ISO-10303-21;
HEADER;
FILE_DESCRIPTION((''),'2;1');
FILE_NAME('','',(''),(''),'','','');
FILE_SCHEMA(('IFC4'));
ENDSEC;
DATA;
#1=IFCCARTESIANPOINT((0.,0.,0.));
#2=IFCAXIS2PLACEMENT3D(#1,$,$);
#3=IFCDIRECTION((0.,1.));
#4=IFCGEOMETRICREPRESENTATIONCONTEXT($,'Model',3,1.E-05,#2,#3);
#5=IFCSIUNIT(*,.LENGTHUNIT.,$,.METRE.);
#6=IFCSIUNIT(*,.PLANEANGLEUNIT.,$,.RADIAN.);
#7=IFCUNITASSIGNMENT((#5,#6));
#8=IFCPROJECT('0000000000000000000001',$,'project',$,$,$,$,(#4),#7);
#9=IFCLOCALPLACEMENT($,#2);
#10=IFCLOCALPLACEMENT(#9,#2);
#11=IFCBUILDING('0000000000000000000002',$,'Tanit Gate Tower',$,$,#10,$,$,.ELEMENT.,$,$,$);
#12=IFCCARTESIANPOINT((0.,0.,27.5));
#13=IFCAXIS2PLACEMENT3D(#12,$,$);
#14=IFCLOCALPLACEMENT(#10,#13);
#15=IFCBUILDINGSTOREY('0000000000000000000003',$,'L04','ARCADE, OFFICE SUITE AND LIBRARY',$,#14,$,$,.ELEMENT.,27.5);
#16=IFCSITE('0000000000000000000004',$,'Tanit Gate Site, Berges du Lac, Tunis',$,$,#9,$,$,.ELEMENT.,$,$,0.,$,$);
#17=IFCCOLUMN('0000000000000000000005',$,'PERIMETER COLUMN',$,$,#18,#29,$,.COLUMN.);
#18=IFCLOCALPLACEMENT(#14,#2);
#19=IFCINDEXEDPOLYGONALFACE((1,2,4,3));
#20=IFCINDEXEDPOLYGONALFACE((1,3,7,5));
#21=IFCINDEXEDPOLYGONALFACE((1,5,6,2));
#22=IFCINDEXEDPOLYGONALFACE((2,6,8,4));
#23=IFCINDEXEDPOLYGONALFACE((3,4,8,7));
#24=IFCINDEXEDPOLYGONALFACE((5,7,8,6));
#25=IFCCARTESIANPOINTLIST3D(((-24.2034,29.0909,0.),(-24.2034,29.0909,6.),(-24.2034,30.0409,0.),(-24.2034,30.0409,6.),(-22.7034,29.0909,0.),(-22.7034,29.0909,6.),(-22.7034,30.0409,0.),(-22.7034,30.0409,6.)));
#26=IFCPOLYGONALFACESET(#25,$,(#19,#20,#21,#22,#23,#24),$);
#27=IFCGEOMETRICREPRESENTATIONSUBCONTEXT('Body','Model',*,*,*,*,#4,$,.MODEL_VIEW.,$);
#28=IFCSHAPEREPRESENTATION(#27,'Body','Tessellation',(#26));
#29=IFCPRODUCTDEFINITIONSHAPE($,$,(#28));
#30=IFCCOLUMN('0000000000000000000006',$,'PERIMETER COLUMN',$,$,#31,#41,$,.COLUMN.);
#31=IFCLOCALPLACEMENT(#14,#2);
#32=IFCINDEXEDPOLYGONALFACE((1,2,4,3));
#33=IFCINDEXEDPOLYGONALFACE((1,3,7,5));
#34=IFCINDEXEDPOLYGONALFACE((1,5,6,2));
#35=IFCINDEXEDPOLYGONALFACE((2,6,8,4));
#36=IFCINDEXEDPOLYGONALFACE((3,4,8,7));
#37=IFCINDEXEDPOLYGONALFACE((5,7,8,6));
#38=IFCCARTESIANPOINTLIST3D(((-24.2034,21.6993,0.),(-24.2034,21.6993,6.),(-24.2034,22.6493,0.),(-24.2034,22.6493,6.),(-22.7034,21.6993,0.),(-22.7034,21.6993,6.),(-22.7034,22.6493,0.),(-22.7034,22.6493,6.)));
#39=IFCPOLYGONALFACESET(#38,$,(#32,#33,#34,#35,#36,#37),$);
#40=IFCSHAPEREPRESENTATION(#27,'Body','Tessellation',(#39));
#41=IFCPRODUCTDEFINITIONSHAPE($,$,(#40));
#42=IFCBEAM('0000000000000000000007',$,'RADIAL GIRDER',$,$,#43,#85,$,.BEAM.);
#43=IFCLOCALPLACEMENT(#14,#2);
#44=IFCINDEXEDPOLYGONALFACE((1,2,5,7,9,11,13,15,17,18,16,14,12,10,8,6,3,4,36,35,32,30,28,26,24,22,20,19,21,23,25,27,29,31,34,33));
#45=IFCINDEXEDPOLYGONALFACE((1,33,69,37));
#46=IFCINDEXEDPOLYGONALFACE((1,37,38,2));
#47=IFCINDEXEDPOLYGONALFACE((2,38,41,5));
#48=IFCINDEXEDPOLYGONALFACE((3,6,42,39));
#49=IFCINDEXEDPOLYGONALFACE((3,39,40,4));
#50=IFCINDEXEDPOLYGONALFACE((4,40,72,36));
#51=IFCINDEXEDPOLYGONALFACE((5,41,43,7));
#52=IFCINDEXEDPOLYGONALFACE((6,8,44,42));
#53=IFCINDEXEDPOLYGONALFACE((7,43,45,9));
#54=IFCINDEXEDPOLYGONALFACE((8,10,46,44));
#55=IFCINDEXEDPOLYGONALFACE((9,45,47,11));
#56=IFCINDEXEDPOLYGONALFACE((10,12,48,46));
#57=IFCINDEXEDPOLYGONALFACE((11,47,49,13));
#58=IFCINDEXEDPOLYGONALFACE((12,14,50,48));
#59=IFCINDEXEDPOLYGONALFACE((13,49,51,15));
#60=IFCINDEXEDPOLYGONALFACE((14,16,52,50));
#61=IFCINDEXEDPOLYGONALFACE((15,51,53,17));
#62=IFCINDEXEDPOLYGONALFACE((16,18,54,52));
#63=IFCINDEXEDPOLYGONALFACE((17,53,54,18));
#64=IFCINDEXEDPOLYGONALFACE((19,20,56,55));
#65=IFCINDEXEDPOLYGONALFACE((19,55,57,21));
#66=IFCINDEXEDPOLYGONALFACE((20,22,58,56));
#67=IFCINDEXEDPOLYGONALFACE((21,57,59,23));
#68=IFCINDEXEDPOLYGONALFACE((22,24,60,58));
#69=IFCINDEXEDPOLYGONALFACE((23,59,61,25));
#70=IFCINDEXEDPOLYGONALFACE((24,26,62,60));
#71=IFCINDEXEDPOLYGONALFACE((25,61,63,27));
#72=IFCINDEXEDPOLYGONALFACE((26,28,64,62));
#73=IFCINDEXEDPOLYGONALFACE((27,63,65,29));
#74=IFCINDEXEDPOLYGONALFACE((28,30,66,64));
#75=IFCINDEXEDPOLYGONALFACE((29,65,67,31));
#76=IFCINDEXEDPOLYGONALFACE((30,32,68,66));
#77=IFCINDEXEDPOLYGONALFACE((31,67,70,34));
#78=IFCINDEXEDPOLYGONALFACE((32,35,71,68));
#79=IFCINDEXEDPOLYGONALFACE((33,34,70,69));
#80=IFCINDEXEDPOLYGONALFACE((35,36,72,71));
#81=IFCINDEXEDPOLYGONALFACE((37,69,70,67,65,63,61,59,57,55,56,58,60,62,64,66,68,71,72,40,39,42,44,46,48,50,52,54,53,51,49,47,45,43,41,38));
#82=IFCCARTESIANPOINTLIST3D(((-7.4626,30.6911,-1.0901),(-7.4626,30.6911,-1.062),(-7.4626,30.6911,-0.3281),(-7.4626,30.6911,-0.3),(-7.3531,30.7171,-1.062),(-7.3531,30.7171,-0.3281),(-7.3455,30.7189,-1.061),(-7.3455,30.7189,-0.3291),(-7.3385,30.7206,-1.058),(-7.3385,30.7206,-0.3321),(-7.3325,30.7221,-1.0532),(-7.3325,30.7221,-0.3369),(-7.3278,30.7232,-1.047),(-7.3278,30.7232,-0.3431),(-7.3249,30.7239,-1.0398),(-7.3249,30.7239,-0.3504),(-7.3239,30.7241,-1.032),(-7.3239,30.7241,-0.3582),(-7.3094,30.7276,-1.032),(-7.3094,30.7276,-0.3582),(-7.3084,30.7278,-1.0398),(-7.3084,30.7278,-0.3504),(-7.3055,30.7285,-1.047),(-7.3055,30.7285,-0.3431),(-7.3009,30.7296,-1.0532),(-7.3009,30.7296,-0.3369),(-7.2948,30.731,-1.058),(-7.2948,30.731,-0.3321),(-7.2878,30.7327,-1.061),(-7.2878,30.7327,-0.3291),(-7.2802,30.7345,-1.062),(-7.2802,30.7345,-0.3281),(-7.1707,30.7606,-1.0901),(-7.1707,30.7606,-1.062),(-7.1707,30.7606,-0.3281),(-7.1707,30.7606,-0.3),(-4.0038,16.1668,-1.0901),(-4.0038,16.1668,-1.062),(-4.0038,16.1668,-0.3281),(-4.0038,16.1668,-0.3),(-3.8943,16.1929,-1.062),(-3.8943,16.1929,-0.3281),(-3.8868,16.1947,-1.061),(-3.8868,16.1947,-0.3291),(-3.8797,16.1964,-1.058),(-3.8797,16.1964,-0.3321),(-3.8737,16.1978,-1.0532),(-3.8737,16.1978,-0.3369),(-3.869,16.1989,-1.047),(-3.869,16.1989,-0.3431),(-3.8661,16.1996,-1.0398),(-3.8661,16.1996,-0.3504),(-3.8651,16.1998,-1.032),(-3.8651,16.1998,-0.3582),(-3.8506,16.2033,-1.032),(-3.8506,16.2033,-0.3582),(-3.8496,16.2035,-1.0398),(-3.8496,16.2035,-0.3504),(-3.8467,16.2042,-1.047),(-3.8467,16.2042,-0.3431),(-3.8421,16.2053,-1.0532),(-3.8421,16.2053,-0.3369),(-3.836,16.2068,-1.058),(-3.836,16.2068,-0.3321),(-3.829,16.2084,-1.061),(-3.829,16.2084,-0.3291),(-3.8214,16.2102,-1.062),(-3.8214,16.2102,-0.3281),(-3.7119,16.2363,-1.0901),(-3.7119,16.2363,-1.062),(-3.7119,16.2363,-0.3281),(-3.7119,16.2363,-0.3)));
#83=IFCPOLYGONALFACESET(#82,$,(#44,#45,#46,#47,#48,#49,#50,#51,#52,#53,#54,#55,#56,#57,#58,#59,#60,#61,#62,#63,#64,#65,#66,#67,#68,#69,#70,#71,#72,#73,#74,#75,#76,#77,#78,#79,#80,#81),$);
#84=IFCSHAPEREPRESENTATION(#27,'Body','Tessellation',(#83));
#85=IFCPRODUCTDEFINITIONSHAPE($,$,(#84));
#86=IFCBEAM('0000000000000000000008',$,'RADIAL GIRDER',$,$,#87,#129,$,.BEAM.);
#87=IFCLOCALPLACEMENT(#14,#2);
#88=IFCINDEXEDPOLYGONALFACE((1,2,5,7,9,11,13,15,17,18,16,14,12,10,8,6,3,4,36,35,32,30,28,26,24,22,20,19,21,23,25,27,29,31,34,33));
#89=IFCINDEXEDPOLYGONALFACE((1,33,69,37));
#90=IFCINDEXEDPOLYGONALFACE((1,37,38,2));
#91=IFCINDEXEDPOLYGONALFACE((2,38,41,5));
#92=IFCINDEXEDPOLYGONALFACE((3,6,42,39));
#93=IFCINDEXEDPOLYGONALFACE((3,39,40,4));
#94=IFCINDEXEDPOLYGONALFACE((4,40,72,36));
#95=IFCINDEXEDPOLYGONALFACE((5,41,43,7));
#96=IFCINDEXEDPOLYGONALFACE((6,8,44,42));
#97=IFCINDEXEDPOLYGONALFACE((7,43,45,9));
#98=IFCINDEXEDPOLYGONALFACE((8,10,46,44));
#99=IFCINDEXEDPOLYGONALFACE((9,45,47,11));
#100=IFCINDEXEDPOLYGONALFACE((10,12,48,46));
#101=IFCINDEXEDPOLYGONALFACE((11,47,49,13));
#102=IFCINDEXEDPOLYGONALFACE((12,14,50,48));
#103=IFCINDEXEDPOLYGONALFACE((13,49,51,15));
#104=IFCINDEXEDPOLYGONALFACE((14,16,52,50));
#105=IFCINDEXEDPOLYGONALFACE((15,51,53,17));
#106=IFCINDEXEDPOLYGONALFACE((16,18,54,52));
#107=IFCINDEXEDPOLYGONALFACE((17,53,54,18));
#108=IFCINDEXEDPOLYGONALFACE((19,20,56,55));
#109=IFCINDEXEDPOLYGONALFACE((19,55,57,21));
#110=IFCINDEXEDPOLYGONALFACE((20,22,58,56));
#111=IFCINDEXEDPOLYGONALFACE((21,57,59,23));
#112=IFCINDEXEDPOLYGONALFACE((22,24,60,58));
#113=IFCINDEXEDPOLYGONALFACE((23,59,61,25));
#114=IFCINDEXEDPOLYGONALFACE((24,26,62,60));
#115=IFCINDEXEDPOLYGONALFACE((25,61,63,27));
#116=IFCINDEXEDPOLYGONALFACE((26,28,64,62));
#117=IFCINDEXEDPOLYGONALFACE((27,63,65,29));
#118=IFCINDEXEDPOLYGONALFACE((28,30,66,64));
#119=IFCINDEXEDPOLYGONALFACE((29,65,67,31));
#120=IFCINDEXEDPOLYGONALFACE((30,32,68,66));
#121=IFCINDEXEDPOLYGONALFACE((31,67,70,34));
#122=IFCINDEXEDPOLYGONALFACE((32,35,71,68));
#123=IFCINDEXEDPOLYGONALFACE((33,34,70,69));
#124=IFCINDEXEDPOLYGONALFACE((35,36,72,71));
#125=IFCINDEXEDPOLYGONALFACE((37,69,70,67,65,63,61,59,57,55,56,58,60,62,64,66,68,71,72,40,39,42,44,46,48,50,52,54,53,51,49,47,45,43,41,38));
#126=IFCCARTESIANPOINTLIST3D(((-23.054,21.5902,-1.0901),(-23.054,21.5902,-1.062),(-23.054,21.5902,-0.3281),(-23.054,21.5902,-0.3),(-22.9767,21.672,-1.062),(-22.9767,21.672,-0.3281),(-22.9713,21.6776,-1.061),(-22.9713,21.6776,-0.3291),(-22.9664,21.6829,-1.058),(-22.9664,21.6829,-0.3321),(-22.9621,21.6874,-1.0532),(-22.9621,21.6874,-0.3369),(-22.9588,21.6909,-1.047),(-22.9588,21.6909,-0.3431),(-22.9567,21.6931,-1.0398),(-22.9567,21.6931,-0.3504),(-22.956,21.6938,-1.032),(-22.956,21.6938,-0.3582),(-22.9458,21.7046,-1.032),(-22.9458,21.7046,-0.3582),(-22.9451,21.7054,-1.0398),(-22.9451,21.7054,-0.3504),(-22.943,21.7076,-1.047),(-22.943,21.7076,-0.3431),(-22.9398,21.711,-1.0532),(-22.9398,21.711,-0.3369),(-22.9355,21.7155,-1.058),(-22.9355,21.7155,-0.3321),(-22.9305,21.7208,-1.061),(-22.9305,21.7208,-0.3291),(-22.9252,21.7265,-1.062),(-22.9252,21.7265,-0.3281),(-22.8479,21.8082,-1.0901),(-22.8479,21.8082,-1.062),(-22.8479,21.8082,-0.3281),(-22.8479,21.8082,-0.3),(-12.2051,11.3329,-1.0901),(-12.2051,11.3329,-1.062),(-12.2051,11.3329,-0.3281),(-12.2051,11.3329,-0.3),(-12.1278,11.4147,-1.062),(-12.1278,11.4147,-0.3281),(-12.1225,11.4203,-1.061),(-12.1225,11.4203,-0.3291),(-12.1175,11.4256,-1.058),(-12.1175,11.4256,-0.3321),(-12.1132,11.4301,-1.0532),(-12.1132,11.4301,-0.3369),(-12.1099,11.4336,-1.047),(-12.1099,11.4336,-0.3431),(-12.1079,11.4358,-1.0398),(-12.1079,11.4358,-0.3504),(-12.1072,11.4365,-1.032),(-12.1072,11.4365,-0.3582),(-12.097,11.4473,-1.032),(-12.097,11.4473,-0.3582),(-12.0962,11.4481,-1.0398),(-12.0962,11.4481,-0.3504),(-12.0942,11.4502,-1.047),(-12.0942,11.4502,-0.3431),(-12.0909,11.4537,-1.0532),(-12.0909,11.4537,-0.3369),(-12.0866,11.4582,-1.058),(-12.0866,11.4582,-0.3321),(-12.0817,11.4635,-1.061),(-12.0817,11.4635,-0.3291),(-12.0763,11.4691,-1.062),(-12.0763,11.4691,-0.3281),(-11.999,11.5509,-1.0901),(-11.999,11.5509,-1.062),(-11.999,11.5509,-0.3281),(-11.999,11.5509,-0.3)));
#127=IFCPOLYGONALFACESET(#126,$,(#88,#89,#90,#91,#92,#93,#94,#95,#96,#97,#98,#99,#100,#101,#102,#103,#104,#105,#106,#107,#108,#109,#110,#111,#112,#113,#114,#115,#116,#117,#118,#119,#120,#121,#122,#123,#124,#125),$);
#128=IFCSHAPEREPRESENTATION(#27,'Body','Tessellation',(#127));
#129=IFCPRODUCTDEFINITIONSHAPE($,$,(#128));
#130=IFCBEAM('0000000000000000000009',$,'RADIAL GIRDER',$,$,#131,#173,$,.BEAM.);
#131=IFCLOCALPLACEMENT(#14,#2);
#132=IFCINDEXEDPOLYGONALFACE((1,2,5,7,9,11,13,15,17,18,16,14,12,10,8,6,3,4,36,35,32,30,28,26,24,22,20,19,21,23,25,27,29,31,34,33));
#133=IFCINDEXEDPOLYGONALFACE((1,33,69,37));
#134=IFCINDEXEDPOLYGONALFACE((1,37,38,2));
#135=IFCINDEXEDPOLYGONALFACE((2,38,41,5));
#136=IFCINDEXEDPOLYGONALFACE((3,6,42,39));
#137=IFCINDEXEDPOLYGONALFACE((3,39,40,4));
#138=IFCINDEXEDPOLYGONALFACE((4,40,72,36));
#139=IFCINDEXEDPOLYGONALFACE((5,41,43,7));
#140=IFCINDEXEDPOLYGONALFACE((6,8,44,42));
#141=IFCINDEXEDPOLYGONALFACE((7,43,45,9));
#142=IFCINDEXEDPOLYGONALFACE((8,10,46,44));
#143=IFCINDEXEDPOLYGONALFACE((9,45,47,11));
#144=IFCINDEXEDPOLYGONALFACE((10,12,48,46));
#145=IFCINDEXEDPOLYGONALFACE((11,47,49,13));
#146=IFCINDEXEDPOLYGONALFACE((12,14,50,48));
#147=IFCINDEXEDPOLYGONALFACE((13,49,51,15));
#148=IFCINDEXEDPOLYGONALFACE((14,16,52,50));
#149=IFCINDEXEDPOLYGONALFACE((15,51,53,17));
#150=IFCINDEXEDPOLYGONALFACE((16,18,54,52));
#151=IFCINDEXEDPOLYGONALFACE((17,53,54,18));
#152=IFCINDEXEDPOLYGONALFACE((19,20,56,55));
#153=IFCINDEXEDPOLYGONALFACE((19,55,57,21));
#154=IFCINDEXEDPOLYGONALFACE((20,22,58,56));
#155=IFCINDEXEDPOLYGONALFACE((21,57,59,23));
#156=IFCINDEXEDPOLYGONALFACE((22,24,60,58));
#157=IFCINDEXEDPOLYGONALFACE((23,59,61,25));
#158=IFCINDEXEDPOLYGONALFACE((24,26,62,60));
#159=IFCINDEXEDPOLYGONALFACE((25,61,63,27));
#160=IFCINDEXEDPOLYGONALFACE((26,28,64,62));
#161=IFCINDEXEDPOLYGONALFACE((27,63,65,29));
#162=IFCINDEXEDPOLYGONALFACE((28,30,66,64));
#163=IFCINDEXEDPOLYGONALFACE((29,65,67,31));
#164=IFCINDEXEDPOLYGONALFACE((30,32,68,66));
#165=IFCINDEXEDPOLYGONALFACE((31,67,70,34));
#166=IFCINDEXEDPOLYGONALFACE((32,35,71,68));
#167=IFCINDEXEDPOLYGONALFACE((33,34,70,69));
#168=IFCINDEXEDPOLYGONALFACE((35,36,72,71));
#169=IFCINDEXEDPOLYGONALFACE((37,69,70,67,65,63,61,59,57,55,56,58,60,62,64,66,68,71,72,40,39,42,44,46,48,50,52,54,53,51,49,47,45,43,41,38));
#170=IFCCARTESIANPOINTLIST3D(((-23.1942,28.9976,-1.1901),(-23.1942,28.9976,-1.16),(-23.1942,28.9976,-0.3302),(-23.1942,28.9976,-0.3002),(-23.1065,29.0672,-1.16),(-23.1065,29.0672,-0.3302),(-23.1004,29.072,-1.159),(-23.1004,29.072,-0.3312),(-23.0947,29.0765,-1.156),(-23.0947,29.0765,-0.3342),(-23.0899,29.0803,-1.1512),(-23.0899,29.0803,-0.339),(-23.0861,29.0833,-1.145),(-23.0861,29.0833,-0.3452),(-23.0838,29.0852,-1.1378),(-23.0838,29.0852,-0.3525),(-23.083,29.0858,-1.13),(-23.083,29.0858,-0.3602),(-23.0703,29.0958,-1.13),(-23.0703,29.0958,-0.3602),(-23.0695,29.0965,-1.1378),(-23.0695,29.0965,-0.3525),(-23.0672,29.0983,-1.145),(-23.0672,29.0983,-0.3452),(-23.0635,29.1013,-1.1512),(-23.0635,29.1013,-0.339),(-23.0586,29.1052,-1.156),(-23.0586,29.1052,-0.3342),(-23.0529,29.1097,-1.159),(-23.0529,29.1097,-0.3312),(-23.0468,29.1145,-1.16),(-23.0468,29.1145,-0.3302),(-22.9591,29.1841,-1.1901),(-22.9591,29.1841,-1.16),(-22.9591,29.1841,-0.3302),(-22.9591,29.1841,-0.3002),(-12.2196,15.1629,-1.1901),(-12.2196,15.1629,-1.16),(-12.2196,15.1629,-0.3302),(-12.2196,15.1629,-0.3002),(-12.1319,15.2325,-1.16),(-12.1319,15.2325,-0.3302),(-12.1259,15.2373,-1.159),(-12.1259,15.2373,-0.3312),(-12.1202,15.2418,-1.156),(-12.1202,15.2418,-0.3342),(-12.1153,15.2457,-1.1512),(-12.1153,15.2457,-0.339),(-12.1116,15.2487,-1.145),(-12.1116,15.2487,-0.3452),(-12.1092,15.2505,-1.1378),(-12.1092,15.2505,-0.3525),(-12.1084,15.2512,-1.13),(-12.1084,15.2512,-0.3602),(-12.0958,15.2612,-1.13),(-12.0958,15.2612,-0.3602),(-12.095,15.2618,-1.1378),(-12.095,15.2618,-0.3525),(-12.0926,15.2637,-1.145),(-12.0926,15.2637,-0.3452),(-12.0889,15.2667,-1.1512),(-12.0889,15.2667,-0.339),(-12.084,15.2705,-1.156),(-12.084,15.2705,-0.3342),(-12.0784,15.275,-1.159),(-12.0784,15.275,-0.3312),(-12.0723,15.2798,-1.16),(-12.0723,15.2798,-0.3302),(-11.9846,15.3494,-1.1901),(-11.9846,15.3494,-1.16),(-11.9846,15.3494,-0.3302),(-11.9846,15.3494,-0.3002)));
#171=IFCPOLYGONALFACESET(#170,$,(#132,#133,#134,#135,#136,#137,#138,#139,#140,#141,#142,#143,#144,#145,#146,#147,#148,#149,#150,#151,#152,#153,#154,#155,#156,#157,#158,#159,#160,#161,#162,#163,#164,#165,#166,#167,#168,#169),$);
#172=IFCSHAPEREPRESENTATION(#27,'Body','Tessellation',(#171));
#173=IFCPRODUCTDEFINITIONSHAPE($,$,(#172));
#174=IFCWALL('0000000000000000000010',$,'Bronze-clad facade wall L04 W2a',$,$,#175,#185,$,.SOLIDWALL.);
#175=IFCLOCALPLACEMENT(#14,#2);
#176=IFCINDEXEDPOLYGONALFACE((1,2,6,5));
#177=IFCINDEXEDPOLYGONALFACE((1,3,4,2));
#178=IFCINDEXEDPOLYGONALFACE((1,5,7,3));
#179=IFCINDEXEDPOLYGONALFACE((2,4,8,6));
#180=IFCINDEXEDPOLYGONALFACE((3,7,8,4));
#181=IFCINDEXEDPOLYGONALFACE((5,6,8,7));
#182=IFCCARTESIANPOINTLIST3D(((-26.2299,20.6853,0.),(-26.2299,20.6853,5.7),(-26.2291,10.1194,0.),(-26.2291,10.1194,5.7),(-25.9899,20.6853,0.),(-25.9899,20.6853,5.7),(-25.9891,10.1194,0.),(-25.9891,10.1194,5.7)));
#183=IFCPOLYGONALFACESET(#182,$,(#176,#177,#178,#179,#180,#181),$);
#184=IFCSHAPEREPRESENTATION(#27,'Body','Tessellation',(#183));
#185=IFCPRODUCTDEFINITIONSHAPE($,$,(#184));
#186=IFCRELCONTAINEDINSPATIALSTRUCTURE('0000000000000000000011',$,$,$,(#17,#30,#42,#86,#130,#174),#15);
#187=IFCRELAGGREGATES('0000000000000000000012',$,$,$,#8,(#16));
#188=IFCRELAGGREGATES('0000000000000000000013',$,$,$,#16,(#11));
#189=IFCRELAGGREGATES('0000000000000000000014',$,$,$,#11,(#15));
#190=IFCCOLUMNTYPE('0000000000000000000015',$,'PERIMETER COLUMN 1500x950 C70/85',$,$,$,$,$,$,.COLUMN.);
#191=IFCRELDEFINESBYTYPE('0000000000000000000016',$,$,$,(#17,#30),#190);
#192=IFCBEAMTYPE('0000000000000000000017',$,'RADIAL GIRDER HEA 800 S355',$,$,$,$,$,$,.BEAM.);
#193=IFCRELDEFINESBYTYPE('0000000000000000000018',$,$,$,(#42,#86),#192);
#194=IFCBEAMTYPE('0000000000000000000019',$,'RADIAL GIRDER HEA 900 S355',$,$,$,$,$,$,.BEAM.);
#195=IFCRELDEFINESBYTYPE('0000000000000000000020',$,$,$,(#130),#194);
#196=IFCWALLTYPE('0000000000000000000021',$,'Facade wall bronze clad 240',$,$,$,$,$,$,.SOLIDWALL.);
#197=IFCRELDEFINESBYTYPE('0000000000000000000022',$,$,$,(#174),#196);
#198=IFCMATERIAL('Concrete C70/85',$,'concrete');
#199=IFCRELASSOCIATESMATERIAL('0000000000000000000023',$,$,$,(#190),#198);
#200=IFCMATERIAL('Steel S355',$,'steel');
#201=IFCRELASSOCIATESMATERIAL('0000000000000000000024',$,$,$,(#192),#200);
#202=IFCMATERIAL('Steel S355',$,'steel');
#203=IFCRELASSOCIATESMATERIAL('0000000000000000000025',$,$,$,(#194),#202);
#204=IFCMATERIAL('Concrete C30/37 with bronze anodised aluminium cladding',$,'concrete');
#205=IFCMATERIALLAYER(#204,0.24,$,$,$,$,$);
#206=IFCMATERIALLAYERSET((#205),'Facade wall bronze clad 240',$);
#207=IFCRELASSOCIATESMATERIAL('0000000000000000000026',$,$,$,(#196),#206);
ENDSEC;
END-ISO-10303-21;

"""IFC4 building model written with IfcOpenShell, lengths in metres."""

from ifc_helpers import new_model, si_unit, direction, frame, frame_2d, origin, origin_2d, place, context, subcontext, project, spatial, rectangle, i_section, extrude, material, layer, layer_set, material_profile, profile_set, type_object, element, save


model = new_model("IFC4")

# Units and contexts
model_context = context("Model", 3, precision=1e-05, world=origin(), true_north=direction((0.0, 1.0)))
body_context = subcontext(model_context, "Body", "Model", "MODEL_VIEW")
ifc_project = project(units=[si_unit("LENGTHUNIT", "METRE"), si_unit("PLANEANGLEUNIT", "RADIAN")], contexts=[model_context])

# Site, building, storey
site_placement = place(None, origin())
site = spatial("IfcSite", under=ifc_project, at=site_placement, Name="Tanit Gate Site, Berges du Lac, Tunis", CompositionType="ELEMENT", RefElevation=0.0)
building_placement = place(site_placement, origin())
building = spatial("IfcBuilding", under=site, at=building_placement, Name="Tanit Gate Tower", CompositionType="ELEMENT")
storey_placement = place(building_placement, frame((0.0, 0.0, 27.5)))
storey = spatial("IfcBuildingStorey", under=building, at=storey_placement, Name="L04", Description="ARCADE, OFFICE SUITE AND LIBRARY", CompositionType="ELEMENT", Elevation=27.5)

# Columns
ifc_material_1 = material(Name="Concrete C70/85", Category="concrete")
ifc_material_profile_1 = material_profile(ifc_material_1, rectangle(XDim=1.5, YDim=0.95, at=origin_2d()), Name="RC 1500x950")
ifc_profile_set_1 = profile_set([ifc_material_profile_1], Name="Concrete C70/85")
column_type = type_object("IfcColumnType", Name="PERIMETER COLUMN 1500x950 C70/85", PredefinedType="COLUMN", material=ifc_profile_set_1)
for number, where, z_axis, x_axis, name in (
    (1, (-23.4534, 29.5659, 0.0), (0.0, 0.0, 1.0), (-1.0, 0.0, 0.0), "PERIMETER COLUMN"),
    (2, (-23.4534, 22.1743, 0.0), (0.0, 0.0, 1.0), (-1.0, 0.0, 0.0), "PERIMETER COLUMN"),
):
    element("IfcColumn", number, at=place(storey_placement, frame(where, z_axis=z_axis, x_axis=x_axis)), inside=storey, type_object=column_type, Name=name, PredefinedType="COLUMN", context=body_context, shape_type="SweptSolid", body=[
        extrude(rectangle(XDim=1.5, YDim=0.95, at=origin_2d()), origin(), (0.0, 0.0, 1.0), 6.0),
    ])

# Beams
ifc_material_2 = material(Name="Steel S355", Category="steel")
ifc_material_profile_2 = material_profile(ifc_material_2, i_section(OverallWidth=0.3, OverallDepth=0.79, WebThickness=0.0149, FlangeThickness=0.0281, FilletRadius=0.03, at=origin_2d()), Name="HEA 800")
ifc_profile_set_2 = profile_set([ifc_material_profile_2], Name="Steel S355")
beam_type_1 = type_object("IfcBeamType", Name="RADIAL GIRDER HEA 800 S355", PredefinedType="BEAM", material=ifc_profile_set_2)
beam_1_placement = place(storey_placement, frame((-7.3167, 30.7258, -0.6951), z_axis=(0.231659, -0.972797, 0.0), x_axis=(0.972797, 0.231659, 0.0)))
element("IfcBeam", 3, at=beam_1_placement, inside=storey, type_object=beam_type_1, Name="RADIAL GIRDER", PredefinedType="BEAM", context=body_context, shape_type="SweptSolid", body=[
    extrude(i_section(OverallWidth=0.3, OverallDepth=0.79, WebThickness=0.0149, FlangeThickness=0.0281, FilletRadius=0.03, at=origin_2d()), origin(), (0.0, 0.0, 1.0), 14.9304),
])
beam_2_placement = place(storey_placement, frame((-22.9509, 21.6992, -0.6951), z_axis=(0.72664, -0.687019, 0.0), x_axis=(0.687019, 0.72664, 0.0)))
element("IfcBeam", 4, at=beam_2_placement, inside=storey, type_object=beam_type_1, Name="RADIAL GIRDER", PredefinedType="BEAM", context=body_context, shape_type="SweptSolid", body=[
    extrude(i_section(OverallWidth=0.3, OverallDepth=0.79, WebThickness=0.0149, FlangeThickness=0.0281, FilletRadius=0.03, at=origin_2d()), origin(), (0.0, 0.0, 1.0), 14.9302),
])
ifc_material_3 = material(Name="Steel S355", Category="steel")
ifc_material_profile_3 = material_profile(ifc_material_3, i_section(OverallWidth=0.3, OverallDepth=0.8899, WebThickness=0.0161, FlangeThickness=0.03, FilletRadius=0.03, at=origin_2d()), Name="HEA 900")
ifc_profile_set_3 = profile_set([ifc_material_profile_3], Name="Steel S355")
beam_type_2 = type_object("IfcBeamType", Name="RADIAL GIRDER HEA 900 S355", PredefinedType="BEAM", material=ifc_profile_set_3)
beam_3_placement = place(storey_placement, frame((-23.0767, 29.0908, -0.7451), z_axis=(0.621473, -0.783436, 0.0), x_axis=(0.783436, 0.621473, 0.0)))
element("IfcBeam", 5, at=beam_3_placement, inside=storey, type_object=beam_type_2, Name="RADIAL GIRDER", PredefinedType="BEAM", context=body_context, shape_type="SweptSolid", body=[
    extrude(i_section(OverallWidth=0.3, OverallDepth=0.8899, WebThickness=0.0161, FlangeThickness=0.03, FilletRadius=0.03, at=origin_2d()), origin(), (0.0, 0.0, 1.0), 17.6589),
])

# Wall
ifc_material_4 = material(Name="Concrete C30/37 with bronze anodised aluminium cladding", Category="concrete")
ifc_layer_1 = layer(ifc_material_4, 0.24)
ifc_layer_set_1 = layer_set([ifc_layer_1], Name="Facade wall bronze clad 240")
wall_type_1 = type_object("IfcWallType", Name="Facade wall bronze clad 240", PredefinedType="SOLIDWALL", material=ifc_layer_set_1)
wall_1_placement = place(storey_placement, frame((-26.1099, 20.6853, 0.0), z_axis=(0.0, 0.0, 1.0), x_axis=(0.000069, -1.0, 0.0)))
element("IfcWall", 6, at=wall_1_placement, inside=storey, type_object=wall_type_1, Name="Bronze-clad facade wall L04 W2a", PredefinedType="SOLIDWALL", context=body_context, shape_type="SweptSolid", body=[
    extrude(rectangle(XDim=10.5659, YDim=0.24, at=frame_2d((5.283, 0.0))), origin(), (0.0, 0.0, 1.0), 5.7),
])

save(model, "model.ifc")
